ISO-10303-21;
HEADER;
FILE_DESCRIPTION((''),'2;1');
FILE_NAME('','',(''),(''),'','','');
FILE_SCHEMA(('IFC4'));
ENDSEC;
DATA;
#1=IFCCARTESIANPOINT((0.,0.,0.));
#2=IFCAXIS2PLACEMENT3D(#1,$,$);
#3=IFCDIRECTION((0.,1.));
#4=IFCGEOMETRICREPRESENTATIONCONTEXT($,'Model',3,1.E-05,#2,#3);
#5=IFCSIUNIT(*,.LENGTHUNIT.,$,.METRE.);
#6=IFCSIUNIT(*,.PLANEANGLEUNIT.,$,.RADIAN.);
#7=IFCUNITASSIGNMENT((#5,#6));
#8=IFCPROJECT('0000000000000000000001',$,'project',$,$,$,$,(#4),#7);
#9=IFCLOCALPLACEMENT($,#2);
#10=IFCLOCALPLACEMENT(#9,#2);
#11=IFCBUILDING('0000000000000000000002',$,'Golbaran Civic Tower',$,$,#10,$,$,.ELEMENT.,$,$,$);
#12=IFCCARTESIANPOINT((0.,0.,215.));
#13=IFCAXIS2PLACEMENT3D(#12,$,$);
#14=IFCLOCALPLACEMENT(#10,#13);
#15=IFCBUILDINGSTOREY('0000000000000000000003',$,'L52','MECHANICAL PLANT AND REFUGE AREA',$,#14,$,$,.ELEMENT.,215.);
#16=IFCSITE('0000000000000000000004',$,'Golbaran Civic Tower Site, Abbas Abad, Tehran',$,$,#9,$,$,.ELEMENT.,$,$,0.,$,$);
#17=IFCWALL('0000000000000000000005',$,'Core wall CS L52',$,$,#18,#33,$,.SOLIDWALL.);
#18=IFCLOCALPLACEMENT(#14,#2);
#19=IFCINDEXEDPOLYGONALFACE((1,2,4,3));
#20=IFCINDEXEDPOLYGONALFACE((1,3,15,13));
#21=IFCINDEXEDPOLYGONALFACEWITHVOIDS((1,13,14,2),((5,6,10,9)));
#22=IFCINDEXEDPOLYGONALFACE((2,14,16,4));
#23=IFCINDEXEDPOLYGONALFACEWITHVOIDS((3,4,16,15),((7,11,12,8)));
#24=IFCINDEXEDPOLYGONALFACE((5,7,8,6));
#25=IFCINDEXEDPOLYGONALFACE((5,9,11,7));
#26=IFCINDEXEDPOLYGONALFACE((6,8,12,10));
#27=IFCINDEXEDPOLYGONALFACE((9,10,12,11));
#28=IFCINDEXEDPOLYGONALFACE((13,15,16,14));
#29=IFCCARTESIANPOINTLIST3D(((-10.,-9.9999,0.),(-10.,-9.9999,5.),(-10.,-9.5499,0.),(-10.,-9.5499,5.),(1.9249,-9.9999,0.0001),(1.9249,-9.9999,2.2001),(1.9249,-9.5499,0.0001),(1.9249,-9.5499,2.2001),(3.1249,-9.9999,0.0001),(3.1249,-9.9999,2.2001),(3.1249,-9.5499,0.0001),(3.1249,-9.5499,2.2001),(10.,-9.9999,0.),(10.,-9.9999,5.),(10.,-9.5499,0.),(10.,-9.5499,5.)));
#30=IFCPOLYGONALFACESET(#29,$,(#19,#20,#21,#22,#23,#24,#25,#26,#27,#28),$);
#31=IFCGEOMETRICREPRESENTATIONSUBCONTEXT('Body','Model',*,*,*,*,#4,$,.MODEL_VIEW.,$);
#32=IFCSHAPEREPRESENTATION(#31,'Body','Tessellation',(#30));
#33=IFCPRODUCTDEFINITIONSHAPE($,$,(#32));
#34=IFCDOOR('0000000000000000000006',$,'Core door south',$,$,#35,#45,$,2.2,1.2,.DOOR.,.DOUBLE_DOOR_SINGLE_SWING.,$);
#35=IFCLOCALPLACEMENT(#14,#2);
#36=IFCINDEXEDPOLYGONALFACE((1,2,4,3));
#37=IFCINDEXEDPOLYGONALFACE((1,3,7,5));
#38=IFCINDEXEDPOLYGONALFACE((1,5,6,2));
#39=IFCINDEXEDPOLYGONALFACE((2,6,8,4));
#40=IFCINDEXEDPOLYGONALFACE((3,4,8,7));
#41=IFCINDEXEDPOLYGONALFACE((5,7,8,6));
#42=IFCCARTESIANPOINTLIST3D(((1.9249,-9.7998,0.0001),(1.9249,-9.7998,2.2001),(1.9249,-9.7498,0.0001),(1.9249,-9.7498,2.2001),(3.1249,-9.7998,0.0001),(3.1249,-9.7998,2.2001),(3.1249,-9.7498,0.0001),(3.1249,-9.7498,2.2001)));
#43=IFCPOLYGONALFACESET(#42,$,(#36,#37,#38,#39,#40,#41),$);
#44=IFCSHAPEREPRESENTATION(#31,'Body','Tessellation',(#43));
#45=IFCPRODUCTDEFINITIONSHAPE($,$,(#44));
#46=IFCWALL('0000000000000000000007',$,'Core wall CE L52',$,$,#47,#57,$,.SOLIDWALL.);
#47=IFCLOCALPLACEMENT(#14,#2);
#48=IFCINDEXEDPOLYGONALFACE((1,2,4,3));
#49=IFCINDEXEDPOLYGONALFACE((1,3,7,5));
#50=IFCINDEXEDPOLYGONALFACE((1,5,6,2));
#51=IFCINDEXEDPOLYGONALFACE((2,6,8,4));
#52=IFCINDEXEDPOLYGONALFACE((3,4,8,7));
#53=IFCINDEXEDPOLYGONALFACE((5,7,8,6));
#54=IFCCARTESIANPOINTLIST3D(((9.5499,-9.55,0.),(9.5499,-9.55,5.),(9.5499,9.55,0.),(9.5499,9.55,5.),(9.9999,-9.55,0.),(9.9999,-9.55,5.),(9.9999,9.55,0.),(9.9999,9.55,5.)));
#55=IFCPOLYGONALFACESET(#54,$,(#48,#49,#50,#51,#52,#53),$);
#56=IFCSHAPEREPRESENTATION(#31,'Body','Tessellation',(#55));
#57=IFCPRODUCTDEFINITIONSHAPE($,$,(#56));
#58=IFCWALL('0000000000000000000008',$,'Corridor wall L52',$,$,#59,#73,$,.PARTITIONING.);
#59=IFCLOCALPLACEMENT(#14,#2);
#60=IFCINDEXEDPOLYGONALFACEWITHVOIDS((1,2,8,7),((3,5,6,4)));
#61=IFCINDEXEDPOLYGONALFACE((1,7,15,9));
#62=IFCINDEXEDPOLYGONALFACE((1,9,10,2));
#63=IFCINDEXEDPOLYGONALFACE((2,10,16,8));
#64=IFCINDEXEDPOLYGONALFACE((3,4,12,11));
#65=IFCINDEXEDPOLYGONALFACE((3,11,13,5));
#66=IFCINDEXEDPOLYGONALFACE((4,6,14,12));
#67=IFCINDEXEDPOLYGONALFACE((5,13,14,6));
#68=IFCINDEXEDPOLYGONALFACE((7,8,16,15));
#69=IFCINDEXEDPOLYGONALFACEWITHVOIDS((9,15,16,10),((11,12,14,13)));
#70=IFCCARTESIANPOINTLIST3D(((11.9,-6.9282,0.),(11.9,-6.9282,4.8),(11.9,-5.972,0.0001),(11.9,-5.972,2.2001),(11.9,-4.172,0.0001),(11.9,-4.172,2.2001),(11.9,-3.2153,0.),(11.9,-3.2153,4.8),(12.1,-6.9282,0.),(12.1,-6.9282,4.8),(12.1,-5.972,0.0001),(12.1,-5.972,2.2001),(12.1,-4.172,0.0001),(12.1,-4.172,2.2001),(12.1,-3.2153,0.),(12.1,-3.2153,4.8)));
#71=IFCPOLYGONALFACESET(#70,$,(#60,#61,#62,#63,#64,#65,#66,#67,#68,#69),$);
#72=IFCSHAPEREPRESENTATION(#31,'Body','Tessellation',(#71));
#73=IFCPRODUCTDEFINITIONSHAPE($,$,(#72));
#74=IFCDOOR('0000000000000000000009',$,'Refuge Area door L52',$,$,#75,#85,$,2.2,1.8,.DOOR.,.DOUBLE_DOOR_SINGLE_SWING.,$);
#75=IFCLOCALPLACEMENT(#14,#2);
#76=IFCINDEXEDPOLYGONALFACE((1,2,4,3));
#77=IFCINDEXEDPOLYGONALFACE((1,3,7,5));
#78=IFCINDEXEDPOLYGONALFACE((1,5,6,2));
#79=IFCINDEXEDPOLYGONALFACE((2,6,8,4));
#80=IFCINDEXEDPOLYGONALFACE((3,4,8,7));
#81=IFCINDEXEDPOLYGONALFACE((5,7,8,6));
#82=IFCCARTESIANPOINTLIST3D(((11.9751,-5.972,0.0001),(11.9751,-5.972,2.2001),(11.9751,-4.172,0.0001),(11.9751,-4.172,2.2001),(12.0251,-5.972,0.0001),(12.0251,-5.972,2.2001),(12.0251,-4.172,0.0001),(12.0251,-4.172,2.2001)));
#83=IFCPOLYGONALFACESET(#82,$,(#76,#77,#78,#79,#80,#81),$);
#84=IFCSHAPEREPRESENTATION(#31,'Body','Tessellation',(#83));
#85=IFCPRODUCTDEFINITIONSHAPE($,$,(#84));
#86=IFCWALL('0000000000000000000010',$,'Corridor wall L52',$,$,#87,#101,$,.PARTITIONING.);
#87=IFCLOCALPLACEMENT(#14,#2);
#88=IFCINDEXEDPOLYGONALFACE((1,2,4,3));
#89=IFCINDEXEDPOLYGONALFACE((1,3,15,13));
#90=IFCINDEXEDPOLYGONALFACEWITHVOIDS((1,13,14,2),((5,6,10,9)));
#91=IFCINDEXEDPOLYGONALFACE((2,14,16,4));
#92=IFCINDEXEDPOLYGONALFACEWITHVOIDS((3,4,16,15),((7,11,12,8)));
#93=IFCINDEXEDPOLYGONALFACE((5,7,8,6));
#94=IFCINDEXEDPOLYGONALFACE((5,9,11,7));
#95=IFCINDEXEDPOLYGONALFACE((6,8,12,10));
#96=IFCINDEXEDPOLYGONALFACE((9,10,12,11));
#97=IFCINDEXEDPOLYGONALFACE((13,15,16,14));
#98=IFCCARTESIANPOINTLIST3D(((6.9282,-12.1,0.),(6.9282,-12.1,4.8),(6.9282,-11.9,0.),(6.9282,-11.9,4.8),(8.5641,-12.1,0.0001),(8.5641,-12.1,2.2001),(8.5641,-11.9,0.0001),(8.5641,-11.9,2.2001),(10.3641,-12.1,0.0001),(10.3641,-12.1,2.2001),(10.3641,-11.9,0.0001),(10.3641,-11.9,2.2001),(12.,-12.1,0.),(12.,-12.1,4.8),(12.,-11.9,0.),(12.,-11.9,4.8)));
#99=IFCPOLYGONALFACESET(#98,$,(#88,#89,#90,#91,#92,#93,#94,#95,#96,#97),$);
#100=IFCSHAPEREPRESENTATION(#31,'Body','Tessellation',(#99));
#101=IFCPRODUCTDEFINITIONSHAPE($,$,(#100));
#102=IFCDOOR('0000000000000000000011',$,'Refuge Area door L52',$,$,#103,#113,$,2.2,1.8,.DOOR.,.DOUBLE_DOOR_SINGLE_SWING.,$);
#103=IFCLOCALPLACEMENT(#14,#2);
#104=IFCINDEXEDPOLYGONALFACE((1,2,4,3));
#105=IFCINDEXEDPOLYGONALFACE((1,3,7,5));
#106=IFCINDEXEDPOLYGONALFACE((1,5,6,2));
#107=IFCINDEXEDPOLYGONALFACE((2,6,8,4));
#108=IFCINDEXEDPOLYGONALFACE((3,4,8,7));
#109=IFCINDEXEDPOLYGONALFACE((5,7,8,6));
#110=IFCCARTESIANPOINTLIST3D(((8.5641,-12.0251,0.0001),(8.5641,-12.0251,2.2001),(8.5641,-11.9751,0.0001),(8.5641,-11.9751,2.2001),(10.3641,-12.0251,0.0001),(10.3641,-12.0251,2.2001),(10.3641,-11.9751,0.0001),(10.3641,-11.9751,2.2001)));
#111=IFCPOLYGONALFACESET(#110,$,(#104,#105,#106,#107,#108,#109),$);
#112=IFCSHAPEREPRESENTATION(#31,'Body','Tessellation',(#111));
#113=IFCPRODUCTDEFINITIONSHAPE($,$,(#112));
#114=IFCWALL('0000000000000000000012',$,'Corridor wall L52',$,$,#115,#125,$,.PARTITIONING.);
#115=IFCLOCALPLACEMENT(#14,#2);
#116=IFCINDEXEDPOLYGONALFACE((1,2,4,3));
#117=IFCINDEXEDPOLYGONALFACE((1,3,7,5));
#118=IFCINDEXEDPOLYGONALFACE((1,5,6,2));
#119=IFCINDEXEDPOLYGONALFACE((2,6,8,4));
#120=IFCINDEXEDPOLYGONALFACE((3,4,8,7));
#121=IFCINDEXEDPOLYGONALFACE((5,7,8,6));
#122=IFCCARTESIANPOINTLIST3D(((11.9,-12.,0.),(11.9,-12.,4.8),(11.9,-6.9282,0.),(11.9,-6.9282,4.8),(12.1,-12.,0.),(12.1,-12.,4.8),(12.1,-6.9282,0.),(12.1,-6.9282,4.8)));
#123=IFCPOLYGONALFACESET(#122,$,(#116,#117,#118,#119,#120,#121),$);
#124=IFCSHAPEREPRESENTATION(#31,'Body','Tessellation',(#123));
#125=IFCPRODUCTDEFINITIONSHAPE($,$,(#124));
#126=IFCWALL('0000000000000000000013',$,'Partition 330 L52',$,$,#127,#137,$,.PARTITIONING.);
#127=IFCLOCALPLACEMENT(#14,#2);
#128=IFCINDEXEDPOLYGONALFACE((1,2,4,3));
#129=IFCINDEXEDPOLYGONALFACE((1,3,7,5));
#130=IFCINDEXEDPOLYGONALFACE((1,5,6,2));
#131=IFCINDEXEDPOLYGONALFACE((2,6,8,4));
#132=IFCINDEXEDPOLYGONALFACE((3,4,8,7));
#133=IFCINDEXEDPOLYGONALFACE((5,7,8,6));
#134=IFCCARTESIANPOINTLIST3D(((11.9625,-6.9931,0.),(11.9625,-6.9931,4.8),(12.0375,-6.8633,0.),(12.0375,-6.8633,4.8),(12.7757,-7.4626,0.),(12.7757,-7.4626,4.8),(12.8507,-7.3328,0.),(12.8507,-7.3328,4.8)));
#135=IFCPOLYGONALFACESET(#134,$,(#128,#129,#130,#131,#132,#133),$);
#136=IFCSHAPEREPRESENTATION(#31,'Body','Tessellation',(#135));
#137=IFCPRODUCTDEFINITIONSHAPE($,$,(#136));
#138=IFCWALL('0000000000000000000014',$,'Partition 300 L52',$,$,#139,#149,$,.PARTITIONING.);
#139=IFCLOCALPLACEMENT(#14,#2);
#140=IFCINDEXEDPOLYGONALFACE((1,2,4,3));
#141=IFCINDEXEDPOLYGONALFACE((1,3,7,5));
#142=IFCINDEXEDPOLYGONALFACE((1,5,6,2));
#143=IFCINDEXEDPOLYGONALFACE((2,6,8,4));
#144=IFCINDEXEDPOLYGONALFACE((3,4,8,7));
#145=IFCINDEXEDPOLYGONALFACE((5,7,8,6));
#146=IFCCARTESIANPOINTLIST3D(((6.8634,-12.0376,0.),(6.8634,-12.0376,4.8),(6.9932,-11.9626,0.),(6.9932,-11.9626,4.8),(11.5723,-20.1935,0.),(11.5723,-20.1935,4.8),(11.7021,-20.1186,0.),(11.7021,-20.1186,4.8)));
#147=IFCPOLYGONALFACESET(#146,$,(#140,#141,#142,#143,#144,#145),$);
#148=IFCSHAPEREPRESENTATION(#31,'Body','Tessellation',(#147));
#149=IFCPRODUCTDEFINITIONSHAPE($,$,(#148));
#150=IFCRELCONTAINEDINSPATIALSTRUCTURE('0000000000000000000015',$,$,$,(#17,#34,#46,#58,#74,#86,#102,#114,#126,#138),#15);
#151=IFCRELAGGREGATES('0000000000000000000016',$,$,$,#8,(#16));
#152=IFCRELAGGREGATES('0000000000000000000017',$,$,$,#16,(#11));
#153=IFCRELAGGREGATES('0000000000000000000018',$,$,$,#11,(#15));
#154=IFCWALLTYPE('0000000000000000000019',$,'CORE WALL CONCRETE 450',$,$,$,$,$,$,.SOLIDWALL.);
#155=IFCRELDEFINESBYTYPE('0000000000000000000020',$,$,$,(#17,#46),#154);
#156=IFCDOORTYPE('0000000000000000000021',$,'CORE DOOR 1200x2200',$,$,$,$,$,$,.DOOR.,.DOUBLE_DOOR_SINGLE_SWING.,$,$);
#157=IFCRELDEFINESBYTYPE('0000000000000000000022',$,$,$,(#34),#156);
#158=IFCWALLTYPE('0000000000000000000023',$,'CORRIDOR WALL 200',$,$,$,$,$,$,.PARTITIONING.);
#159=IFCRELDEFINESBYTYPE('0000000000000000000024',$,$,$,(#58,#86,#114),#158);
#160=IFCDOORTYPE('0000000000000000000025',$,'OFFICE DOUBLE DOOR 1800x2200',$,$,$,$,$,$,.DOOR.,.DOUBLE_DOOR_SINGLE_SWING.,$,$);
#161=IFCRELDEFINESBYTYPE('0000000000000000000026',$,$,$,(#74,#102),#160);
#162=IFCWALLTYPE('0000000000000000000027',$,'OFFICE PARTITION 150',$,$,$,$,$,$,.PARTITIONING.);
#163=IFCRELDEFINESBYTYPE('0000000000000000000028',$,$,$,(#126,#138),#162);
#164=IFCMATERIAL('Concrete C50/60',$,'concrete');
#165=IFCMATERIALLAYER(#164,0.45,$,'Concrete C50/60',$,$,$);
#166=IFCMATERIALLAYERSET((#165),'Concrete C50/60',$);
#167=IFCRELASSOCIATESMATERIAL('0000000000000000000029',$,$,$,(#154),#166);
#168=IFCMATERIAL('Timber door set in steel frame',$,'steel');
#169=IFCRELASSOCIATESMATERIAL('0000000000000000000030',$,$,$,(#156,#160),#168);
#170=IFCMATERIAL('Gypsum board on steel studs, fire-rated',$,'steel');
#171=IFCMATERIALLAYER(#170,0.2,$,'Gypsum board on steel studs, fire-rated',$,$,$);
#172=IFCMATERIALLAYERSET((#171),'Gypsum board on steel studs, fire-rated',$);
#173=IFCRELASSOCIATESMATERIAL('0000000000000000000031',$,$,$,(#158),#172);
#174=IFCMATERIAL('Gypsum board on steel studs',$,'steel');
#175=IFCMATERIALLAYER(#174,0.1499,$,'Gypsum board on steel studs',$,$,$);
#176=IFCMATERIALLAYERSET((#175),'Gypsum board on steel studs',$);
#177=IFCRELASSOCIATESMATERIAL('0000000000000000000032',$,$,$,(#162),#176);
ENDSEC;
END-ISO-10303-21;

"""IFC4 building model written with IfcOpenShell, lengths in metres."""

from ifc_helpers import new_model, si_unit, direction, frame, frame_2d, origin, place, context, subcontext, project, spatial, rectangle, extrude, material, layer, layer_set, type_object, element, fill, save


model = new_model("IFC4")

# Units and contexts
model_context = context("Model", 3, precision=1e-05, world=origin(), true_north=direction((0.0, 1.0)))
body_context = subcontext(model_context, "Body", "Model", "MODEL_VIEW")
ifc_project = project(units=[si_unit("LENGTHUNIT", "METRE"), si_unit("PLANEANGLEUNIT", "RADIAN")], contexts=[model_context])

# Site, building, storey
site_placement = place(None, origin())
site = spatial("IfcSite", under=ifc_project, at=site_placement, Name="Golbaran Civic Tower Site, Abbas Abad, Tehran", CompositionType="ELEMENT", RefElevation=0.0)
building_placement = place(site_placement, origin())
building = spatial("IfcBuilding", under=site, at=building_placement, Name="Golbaran Civic Tower", CompositionType="ELEMENT")
storey_placement = place(building_placement, frame((0.0, 0.0, 215.0)))
storey = spatial("IfcBuildingStorey", under=building, at=storey_placement, Name="L52", Description="MECHANICAL PLANT AND REFUGE AREA", CompositionType="ELEMENT", Elevation=215.0)

# Wall, opening, door
ifc_material_1 = material(Name="Concrete C50/60", Category="concrete")
ifc_layer_1 = layer(ifc_material_1, 0.45, Name="Concrete C50/60")
ifc_layer_set_1 = layer_set([ifc_layer_1], Name="Concrete C50/60")
wall_type_1 = type_object("IfcWallType", Name="CORE WALL CONCRETE 450", PredefinedType="SOLIDWALL", material=ifc_layer_set_1)
wall_1_placement = place(storey_placement, frame((10.0, -9.7749, 0.0), z_axis=(0.0, 0.0, 1.0), x_axis=(-1.0, 0.0, 0.0)))
wall_1 = element("IfcWall", 1, at=wall_1_placement, inside=storey, type_object=wall_type_1, Name="Core wall CS L52", PredefinedType="SOLIDWALL", context=body_context, shape_type="SweptSolid", body=[
    extrude(rectangle(XDim=20.0, YDim=0.45, at=frame_2d((10.0, 0.0))), origin(), (0.0, 0.0, 1.0), 5.0),
])
opening_1_placement = place(wall_1_placement, frame((6.875, 0.0, 0.0)))
opening_1 = element("IfcOpeningElement", 2, at=opening_1_placement, cuts=wall_1, PredefinedType="OPENING", context=body_context, shape_type="SweptSolid", body=[
    extrude(rectangle(XDim=1.2, YDim=2.2, at=frame_2d((0.6001, 1.1001))), frame((0.0, 0.2349, 0.0), z_axis=(0.0, -1.0, 0.0), x_axis=(1.0, 0.0, 0.0)), (0.0, 0.0, 1.0), 0.47),
])
ifc_material_2 = material(Name="Timber door set in steel frame", Category="steel")
door_type_1 = type_object("IfcDoorType", Name="CORE DOOR 1200x2200", OperationType="DOUBLE_DOOR_SINGLE_SWING", PredefinedType="DOOR", material=ifc_material_2)
door_1_placement = place(opening_1_placement, origin())
door_1 = element("IfcDoor", 3, at=door_1_placement, inside=storey, type_object=door_type_1, Name="Core door south", OperationType="DOUBLE_DOOR_SINGLE_SWING", OverallHeight=2.2, OverallWidth=1.2, PredefinedType="DOOR", context=body_context, shape_type="SweptSolid", body=[
    extrude(rectangle(XDim=1.2, YDim=2.2, at=frame_2d((0.6001, 1.1001))), frame((0.0, 0.0249, 0.0), z_axis=(0.0, -1.0, 0.0), x_axis=(1.0, 0.0, 0.0)), (0.0, 0.0, 1.0), 0.05),
])
fill(opening_1, door_1)

# Wall
wall_2_placement = place(storey_placement, frame((9.7749, -9.55, 0.0), z_axis=(0.0, 0.0, 1.0), x_axis=(0.0, 1.0, 0.0)))
element("IfcWall", 4, at=wall_2_placement, inside=storey, type_object=wall_type_1, Name="Core wall CE L52", PredefinedType="SOLIDWALL", context=body_context, shape_type="SweptSolid", body=[
    extrude(rectangle(XDim=19.1001, YDim=0.45, at=frame_2d((9.55, 0.0))), origin(), (0.0, 0.0, 1.0), 5.0),
])

# Walls, openings, doors
ifc_material_3 = material(Name="Gypsum board on steel studs, fire-rated", Category="steel")
ifc_layer_2 = layer(ifc_material_3, 0.2, Name="Gypsum board on steel studs, fire-rated")
ifc_layer_set_2 = layer_set([ifc_layer_2], Name="Gypsum board on steel studs, fire-rated")
wall_type_2 = type_object("IfcWallType", Name="CORRIDOR WALL 200", PredefinedType="PARTITIONING", material=ifc_layer_set_2)
wall_3_placement = place(storey_placement, frame((12.0, -6.9282, 0.0), z_axis=(0.0, 0.0, 1.0), x_axis=(0.0, 1.0, 0.0)))
wall_3 = element("IfcWall", 5, at=wall_3_placement, inside=storey, type_object=wall_type_2, Name="Corridor wall L52", PredefinedType="PARTITIONING", context=body_context, shape_type="SweptSolid", body=[
    extrude(rectangle(XDim=3.7129, YDim=0.2, at=frame_2d((1.8564, 0.0))), origin(), (0.0, 0.0, 1.0), 4.8),
])
opening_2_placement = place(wall_3_placement, frame((0.9563, 0.0, 0.0)))
opening_2 = element("IfcOpeningElement", 6, at=opening_2_placement, cuts=wall_3, PredefinedType="OPENING", context=body_context, shape_type="SweptSolid", body=[
    extrude(rectangle(XDim=1.8, YDim=2.2, at=frame_2d((0.8999, 1.1001))), frame((0.0, 0.1099, 0.0), z_axis=(0.0, -1.0, 0.0), x_axis=(1.0, 0.0, 0.0)), (0.0, 0.0, 1.0), 0.22),
])
door_type_2 = type_object("IfcDoorType", Name="OFFICE DOUBLE DOOR 1800x2200", OperationType="DOUBLE_DOOR_SINGLE_SWING", PredefinedType="DOOR", material=ifc_material_2)
door_2_placement = place(opening_2_placement, origin())
door_2 = element("IfcDoor", 7, at=door_2_placement, inside=storey, type_object=door_type_2, Name="Refuge Area door L52", OperationType="DOUBLE_DOOR_SINGLE_SWING", OverallHeight=2.2, OverallWidth=1.8, PredefinedType="DOOR", context=body_context, shape_type="SweptSolid", body=[
    extrude(rectangle(XDim=1.8, YDim=2.2, at=frame_2d((0.8999, 1.1001))), frame((0.0, 0.0249, 0.0), z_axis=(0.0, -1.0, 0.0), x_axis=(1.0, 0.0, 0.0)), (0.0, 0.0, 1.0), 0.05),
])
fill(opening_2, door_2)
wall_4_placement = place(storey_placement, frame((6.9282, -12.0, 0.0), z_axis=(0.0, 0.0, 1.0), x_axis=(1.0, 0.0, 0.0)))
wall_4 = element("IfcWall", 8, at=wall_4_placement, inside=storey, type_object=wall_type_2, Name="Corridor wall L52", PredefinedType="PARTITIONING", context=body_context, shape_type="SweptSolid", body=[
    extrude(rectangle(XDim=5.0718, YDim=0.2, at=frame_2d((2.5359, 0.0))), origin(), (0.0, 0.0, 1.0), 4.8),
])
opening_3_placement = place(wall_4_placement, frame((1.636, 0.0, 0.0)))
opening_3 = element("IfcOpeningElement", 9, at=opening_3_placement, cuts=wall_4, PredefinedType="OPENING", context=body_context, shape_type="SweptSolid", body=[
    extrude(rectangle(XDim=1.8, YDim=2.2, at=frame_2d((0.8999, 1.1001))), frame((0.0, 0.1099, 0.0), z_axis=(0.0, -1.0, 0.0), x_axis=(1.0, 0.0, 0.0)), (0.0, 0.0, 1.0), 0.22),
])
door_3_placement = place(opening_3_placement, origin())
door_3 = element("IfcDoor", 10, at=door_3_placement, inside=storey, type_object=door_type_2, Name="Refuge Area door L52", OperationType="DOUBLE_DOOR_SINGLE_SWING", OverallHeight=2.2, OverallWidth=1.8, PredefinedType="DOOR", context=body_context, shape_type="SweptSolid", body=[
    extrude(rectangle(XDim=1.8, YDim=2.2, at=frame_2d((0.8999, 1.1001))), frame((0.0, 0.0249, 0.0), z_axis=(0.0, -1.0, 0.0), x_axis=(1.0, 0.0, 0.0)), (0.0, 0.0, 1.0), 0.05),
])
fill(opening_3, door_3)

# Walls
wall_5_placement = place(storey_placement, frame((12.0, -12.0, 0.0), z_axis=(0.0, 0.0, 1.0), x_axis=(0.0, 1.0, 0.0)))
element("IfcWall", 11, at=wall_5_placement, inside=storey, type_object=wall_type_2, Name="Corridor wall L52", PredefinedType="PARTITIONING", context=body_context, shape_type="SweptSolid", body=[
    extrude(rectangle(XDim=5.0718, YDim=0.2, at=frame_2d((2.5359, 0.0))), origin(), (0.0, 0.0, 1.0), 4.8),
])
ifc_material_4 = material(Name="Gypsum board on steel studs", Category="steel")
ifc_layer_3 = layer(ifc_material_4, 0.1499, Name="Gypsum board on steel studs")
ifc_layer_set_3 = layer_set([ifc_layer_3], Name="Gypsum board on steel studs")
wall_type_3 = type_object("IfcWallType", Name="OFFICE PARTITION 150", PredefinedType="PARTITIONING", material=ifc_layer_set_3)
wall_6_placement = place(storey_placement, frame((12.0, -6.9282, 0.0), z_axis=(0.0, 0.0, 1.0), x_axis=(0.866043, -0.49997, 0.0)))
element("IfcWall", 12, at=wall_6_placement, inside=storey, type_object=wall_type_3, Name="Partition 330 L52", PredefinedType="PARTITIONING", context=body_context, shape_type="SweptSolid", body=[
    extrude(rectangle(XDim=0.939, YDim=0.1499, at=frame_2d((0.4695, 0.0))), origin(), (0.0, 0.0, 1.0), 4.8),
])
wall_7_placement = place(storey_placement, frame((6.9282, -12.0, 0.0), z_axis=(0.0, 0.0, 1.0), x_axis=(0.500009, -0.86602, 0.0)))
element("IfcWall", 13, at=wall_7_placement, inside=storey, type_object=wall_type_3, Name="Partition 300 L52", PredefinedType="PARTITIONING", context=body_context, shape_type="SweptSolid", body=[
    extrude(rectangle(XDim=9.4177, YDim=0.1499, at=frame_2d((4.709, 0.0))), origin(), (0.0, 0.0, 1.0), 4.8),
])

save(model, "model.ifc")
